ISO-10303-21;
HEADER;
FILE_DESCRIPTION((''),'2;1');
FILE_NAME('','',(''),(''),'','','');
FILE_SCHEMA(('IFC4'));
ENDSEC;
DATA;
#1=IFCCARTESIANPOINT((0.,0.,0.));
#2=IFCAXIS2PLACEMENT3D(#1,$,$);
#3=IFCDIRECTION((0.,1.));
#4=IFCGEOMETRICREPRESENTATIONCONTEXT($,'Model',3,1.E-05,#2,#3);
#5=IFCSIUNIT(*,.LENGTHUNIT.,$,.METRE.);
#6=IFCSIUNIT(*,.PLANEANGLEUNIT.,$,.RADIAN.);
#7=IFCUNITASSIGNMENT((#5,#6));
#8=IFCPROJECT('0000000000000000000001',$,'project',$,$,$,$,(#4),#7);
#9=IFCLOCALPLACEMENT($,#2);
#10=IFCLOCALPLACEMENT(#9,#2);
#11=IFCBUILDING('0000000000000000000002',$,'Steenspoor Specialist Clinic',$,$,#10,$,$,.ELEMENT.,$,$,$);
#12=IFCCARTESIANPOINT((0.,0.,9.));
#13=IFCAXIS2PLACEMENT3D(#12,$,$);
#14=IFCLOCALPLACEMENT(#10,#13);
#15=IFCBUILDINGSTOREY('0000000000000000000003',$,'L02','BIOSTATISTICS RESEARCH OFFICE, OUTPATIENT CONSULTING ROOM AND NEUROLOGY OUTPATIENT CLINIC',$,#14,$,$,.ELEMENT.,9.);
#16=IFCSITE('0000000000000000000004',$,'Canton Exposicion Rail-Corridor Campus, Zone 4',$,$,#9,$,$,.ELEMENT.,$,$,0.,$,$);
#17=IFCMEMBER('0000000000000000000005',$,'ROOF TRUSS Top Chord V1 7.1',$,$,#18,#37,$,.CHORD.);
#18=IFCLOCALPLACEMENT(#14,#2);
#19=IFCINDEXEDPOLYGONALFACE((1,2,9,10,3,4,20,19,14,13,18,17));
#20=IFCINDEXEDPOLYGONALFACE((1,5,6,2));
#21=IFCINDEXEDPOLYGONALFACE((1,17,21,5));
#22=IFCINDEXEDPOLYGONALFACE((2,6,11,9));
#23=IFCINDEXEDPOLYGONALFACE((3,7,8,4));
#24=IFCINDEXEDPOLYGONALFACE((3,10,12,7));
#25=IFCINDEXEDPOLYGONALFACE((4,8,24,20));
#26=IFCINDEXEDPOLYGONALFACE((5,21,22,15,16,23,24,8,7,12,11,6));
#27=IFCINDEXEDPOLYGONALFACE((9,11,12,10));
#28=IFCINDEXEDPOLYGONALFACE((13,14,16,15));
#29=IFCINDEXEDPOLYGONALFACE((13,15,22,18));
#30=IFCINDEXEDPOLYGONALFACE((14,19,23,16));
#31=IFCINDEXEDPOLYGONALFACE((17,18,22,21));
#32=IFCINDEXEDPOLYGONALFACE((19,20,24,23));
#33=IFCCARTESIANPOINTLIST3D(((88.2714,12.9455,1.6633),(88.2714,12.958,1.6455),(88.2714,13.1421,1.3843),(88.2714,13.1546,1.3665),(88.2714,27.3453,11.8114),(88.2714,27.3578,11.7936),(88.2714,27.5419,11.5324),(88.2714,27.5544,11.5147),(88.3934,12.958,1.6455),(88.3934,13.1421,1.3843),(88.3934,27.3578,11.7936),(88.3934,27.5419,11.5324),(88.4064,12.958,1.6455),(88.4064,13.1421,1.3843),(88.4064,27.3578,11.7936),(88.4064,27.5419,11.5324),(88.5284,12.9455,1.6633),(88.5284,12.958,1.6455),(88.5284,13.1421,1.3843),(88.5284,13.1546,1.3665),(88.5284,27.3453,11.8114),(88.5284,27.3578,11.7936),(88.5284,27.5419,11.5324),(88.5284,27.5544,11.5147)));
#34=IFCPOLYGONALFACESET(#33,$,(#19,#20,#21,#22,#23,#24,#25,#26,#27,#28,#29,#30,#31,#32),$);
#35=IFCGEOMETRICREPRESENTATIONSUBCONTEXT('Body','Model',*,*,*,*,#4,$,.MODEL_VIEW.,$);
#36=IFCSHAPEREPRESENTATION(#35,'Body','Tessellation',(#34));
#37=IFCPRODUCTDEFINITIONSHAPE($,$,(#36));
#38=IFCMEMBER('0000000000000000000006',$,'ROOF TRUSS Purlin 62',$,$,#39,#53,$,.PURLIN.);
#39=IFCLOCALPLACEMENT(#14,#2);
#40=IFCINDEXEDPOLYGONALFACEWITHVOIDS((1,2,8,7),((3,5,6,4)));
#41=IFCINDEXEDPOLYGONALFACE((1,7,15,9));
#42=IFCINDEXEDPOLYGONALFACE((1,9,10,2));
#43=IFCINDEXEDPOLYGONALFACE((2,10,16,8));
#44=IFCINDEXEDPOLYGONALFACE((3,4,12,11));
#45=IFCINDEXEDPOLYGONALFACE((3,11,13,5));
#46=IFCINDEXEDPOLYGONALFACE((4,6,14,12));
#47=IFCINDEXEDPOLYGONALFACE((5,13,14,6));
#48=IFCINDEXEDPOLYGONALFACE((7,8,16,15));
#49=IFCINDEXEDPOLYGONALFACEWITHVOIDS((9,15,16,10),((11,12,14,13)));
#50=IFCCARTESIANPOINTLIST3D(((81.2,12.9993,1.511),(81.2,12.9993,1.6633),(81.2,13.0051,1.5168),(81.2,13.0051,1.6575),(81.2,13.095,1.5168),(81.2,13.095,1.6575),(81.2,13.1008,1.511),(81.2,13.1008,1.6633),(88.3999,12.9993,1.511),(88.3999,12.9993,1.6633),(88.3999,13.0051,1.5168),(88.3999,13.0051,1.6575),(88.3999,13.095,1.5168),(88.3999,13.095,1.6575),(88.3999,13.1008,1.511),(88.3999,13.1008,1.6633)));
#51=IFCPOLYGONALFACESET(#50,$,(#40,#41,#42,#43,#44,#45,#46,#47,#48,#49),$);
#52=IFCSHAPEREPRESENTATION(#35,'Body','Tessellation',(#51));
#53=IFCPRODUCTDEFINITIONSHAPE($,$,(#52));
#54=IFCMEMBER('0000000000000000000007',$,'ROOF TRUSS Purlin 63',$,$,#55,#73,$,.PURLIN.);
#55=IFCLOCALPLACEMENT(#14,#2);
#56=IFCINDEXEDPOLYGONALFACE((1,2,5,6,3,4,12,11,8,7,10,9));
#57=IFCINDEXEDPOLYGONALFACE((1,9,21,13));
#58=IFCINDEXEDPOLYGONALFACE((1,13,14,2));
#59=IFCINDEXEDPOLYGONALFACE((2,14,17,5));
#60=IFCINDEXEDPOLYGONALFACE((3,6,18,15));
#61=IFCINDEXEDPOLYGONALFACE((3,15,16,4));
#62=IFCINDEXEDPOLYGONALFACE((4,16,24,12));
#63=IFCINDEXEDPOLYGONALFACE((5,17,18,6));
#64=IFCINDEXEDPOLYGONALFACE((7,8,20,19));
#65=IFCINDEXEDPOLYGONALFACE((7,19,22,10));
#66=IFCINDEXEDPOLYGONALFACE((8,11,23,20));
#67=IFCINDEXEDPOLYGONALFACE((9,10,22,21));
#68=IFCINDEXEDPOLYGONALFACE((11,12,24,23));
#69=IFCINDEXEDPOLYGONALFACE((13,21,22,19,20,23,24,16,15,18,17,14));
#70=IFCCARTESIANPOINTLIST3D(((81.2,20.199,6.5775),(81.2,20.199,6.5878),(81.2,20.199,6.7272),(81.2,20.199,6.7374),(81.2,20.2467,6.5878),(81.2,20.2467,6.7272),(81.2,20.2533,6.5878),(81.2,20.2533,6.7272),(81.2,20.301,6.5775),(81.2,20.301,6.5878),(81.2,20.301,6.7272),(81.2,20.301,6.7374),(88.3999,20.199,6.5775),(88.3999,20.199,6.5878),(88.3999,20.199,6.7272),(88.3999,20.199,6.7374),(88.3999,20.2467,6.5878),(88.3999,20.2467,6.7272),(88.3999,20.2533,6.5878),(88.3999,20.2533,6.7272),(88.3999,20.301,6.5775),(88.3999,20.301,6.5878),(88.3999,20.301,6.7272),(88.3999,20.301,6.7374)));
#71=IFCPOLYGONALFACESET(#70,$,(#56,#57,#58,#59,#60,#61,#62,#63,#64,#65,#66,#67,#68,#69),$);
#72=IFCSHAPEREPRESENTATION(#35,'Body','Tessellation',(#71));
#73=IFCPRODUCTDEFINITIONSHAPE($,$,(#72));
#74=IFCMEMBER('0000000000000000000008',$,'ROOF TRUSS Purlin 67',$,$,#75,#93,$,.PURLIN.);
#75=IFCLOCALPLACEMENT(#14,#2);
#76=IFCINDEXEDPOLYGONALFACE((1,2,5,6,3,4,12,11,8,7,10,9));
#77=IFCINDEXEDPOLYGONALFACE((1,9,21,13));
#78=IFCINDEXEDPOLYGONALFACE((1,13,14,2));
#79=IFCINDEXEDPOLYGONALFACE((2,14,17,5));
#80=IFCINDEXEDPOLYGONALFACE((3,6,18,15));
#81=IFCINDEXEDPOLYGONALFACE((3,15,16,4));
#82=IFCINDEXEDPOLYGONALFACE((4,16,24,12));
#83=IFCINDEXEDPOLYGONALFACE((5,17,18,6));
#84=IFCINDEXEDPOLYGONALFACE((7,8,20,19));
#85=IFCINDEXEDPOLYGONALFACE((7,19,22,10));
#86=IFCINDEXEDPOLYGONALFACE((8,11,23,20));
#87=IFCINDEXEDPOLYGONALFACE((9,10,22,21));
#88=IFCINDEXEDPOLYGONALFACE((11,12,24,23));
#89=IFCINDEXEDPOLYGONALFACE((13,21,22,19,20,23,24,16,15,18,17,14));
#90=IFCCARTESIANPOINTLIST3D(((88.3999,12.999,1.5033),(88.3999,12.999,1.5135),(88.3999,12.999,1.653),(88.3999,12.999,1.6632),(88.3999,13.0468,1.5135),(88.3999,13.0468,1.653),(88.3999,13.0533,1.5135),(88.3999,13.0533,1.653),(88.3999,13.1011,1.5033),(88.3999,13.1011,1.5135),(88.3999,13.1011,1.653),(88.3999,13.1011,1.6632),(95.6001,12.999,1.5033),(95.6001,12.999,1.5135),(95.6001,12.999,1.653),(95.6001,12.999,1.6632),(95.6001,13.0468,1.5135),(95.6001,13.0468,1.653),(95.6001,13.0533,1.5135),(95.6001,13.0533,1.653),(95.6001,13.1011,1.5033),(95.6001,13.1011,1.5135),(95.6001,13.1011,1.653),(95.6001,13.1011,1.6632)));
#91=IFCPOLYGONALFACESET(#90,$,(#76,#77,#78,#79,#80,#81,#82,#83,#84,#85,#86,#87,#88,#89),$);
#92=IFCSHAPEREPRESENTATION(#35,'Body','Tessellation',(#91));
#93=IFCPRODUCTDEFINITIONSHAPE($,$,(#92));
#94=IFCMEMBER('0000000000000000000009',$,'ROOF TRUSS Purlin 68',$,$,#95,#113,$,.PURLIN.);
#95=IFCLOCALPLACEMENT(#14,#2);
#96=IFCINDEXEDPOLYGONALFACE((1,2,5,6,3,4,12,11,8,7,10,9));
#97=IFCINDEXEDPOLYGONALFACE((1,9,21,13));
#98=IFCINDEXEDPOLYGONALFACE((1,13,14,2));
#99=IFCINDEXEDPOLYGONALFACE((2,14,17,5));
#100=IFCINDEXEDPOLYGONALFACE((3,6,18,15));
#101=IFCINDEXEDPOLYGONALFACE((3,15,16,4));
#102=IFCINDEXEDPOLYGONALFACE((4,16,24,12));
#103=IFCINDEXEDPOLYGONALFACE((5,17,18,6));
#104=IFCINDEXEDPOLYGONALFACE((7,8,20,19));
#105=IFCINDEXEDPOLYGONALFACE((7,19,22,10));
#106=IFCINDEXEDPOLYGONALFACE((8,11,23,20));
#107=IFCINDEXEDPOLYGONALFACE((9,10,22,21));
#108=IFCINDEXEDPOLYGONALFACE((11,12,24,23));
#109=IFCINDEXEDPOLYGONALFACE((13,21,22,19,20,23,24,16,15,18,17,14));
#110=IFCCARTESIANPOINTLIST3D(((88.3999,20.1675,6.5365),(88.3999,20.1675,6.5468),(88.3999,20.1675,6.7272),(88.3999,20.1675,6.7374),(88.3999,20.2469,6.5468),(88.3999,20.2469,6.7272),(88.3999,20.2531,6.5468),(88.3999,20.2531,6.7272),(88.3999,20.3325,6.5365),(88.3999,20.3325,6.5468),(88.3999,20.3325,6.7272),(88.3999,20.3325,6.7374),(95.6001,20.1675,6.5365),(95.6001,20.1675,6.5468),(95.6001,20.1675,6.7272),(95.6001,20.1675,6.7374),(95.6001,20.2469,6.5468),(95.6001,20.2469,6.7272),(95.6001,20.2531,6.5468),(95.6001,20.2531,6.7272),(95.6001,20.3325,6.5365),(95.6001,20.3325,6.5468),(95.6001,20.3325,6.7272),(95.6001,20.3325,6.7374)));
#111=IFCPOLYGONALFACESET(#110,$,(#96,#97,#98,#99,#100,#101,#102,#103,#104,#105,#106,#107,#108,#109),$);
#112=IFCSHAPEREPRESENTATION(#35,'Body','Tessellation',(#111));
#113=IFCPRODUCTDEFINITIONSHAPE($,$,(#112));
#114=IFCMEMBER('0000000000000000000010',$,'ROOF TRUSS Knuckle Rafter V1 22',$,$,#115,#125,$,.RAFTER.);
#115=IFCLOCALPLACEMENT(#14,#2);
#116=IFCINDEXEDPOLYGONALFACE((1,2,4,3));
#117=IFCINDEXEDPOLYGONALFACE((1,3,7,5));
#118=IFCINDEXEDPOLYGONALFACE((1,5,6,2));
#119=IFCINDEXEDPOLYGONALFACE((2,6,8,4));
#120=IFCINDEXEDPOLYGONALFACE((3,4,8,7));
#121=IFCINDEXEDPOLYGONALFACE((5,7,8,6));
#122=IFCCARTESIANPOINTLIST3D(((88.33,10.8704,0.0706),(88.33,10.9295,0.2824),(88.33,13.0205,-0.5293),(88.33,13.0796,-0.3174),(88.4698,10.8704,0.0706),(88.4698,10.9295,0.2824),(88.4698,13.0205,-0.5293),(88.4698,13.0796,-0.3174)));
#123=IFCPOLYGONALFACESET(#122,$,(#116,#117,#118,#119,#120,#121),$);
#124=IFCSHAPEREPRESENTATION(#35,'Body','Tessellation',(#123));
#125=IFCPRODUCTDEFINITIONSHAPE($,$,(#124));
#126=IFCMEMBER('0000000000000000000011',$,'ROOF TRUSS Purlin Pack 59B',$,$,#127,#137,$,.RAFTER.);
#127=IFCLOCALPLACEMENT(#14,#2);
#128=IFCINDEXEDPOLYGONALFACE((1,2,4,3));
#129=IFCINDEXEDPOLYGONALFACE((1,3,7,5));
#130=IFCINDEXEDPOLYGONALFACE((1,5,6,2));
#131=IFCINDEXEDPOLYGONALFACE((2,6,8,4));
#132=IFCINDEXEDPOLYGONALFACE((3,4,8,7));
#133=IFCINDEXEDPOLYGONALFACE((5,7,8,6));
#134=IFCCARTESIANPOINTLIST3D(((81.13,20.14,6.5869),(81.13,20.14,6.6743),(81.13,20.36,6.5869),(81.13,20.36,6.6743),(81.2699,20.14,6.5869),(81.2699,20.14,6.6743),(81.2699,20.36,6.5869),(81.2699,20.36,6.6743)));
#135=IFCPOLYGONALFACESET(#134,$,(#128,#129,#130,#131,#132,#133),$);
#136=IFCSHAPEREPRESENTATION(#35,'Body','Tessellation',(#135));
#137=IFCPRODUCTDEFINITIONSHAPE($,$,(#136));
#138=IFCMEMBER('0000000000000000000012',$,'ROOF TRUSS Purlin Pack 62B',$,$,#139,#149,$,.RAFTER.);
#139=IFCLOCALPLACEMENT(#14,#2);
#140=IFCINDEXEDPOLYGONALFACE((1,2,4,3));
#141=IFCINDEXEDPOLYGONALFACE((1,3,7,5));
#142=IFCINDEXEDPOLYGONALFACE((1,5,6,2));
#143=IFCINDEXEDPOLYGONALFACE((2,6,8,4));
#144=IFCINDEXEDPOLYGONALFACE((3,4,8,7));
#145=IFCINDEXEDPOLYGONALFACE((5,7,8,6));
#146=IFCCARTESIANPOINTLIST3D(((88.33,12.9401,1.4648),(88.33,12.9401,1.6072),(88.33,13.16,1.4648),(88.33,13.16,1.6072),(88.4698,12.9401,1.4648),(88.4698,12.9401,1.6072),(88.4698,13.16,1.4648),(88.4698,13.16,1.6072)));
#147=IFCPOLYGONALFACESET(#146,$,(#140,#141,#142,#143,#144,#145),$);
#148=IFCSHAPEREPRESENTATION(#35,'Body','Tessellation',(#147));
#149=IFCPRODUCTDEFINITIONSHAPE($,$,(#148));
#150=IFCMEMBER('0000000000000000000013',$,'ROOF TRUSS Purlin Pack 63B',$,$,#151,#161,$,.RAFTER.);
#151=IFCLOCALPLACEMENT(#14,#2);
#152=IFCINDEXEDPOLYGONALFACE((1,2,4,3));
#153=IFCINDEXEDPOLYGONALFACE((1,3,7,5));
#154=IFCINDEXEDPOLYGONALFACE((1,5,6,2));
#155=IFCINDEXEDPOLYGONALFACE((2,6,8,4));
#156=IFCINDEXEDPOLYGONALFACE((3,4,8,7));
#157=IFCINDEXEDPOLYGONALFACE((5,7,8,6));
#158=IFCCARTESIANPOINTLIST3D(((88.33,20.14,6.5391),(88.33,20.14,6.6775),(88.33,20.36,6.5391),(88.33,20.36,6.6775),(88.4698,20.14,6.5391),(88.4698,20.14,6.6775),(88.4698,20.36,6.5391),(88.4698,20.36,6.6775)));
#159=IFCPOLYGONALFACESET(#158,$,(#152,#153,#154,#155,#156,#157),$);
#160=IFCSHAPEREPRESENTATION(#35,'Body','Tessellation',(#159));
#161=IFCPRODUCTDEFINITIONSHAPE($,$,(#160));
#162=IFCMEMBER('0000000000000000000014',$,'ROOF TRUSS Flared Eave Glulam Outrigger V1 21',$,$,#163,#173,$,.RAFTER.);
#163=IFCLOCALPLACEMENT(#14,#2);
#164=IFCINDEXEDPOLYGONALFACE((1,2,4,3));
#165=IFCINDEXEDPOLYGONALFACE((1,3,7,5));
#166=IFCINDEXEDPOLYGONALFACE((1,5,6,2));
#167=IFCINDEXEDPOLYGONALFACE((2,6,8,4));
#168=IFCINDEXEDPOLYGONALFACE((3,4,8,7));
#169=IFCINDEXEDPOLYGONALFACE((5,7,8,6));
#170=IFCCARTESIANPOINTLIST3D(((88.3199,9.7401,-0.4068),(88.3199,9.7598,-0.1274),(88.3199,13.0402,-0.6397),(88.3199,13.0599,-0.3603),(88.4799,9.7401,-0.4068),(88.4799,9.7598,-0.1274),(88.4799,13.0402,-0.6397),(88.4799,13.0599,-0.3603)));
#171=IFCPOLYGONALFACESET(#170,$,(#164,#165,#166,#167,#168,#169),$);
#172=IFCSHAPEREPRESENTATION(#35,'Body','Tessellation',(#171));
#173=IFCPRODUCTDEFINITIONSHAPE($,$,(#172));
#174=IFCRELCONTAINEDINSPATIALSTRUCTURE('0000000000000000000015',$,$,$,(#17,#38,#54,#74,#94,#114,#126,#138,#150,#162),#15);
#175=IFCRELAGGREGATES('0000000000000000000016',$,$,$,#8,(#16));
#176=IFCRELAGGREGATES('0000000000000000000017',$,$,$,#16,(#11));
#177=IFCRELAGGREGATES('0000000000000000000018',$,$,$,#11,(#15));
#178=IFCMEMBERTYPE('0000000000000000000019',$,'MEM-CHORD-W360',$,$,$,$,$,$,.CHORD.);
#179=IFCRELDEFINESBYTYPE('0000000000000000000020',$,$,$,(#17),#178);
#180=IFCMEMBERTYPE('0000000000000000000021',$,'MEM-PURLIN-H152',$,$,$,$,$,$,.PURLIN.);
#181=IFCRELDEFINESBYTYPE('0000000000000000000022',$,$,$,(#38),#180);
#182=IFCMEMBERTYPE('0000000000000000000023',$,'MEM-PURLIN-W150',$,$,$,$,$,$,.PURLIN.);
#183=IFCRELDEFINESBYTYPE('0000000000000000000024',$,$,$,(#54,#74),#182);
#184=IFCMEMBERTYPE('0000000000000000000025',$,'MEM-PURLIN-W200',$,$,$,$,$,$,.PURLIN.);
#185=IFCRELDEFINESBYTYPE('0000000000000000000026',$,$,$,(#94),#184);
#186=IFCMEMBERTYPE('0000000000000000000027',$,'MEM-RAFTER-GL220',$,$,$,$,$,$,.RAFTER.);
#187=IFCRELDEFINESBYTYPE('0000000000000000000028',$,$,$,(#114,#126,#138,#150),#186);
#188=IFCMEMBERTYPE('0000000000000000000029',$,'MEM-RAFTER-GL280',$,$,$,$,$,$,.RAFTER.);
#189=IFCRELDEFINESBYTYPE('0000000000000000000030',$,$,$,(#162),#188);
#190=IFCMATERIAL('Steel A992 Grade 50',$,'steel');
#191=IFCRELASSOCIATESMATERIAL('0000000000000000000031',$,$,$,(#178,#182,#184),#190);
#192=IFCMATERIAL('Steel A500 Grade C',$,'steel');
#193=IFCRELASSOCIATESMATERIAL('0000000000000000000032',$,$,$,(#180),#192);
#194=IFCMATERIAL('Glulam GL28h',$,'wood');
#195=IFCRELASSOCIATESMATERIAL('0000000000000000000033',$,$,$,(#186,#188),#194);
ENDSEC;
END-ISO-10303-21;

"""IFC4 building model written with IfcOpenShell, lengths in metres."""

from ifc_helpers import new_model, si_unit, direction, frame, origin, origin_2d, place, context, subcontext, project, spatial, rectangle, hollow_rectangle, i_section, extrude, material, material_profile, profile_set, type_object, element, save


model = new_model("IFC4")

# Units and contexts
model_context = context("Model", 3, precision=1e-05, world=origin(), true_north=direction((0.0, 1.0)))
body_context = subcontext(model_context, "Body", "Model", "MODEL_VIEW")
ifc_project = project(units=[si_unit("LENGTHUNIT", "METRE"), si_unit("PLANEANGLEUNIT", "RADIAN")], contexts=[model_context])

# Site, building, storey
site_placement = place(None, origin())
site = spatial("IfcSite", under=ifc_project, at=site_placement, Name="Canton Exposicion Rail-Corridor Campus, Zone 4", CompositionType="ELEMENT", RefElevation=0.0)
building_placement = place(site_placement, origin())
building = spatial("IfcBuilding", under=site, at=building_placement, Name="Steenspoor Specialist Clinic", CompositionType="ELEMENT")
storey_placement = place(building_placement, frame((0.0, 0.0, 9.0)))
storey = spatial("IfcBuildingStorey", under=building, at=storey_placement, Name="L02", Description="BIOSTATISTICS RESEARCH OFFICE, OUTPATIENT CONSULTING ROOM AND NEUROLOGY OUTPATIENT CLINIC", CompositionType="ELEMENT", Elevation=9.0)

# Members
ifc_material_1 = material(Name="Steel A500 Grade C", Category="steel")
ifc_material_2 = material(Name="Steel A992 Grade 50", Category="steel")
ifc_material_profile_1 = material_profile(ifc_material_2, i_section(OverallWidth=0.2571, OverallDepth=0.363, WebThickness=0.0129, FlangeThickness=0.0217, at=origin_2d()), Name="W360X122")
ifc_profile_set_1 = profile_set([ifc_material_profile_1], Name="Steel A992 Grade 50")
member_type_1 = type_object("IfcMemberType", Name="MEM-CHORD-W360", PredefinedType="CHORD", material=ifc_profile_set_1)
member_1_placement = place(storey_placement, frame((88.3999, 13.05, 1.5149), z_axis=(0.0, 0.817407, 0.57606), x_axis=(-1.0, 0.0, 0.0)))
element("IfcMember", 1, at=member_1_placement, inside=storey, type_object=member_type_1, Name="ROOF TRUSS Top Chord V1 7.1", PredefinedType="CHORD", context=body_context, shape_type="SweptSolid", body=[
    extrude(i_section(OverallWidth=0.2571, OverallDepth=0.363, WebThickness=0.0129, FlangeThickness=0.0217, at=origin_2d()), origin(), (0.0, 0.0, 1.0), 17.6165),
])
ifc_material_profile_2 = material_profile(ifc_material_1, hollow_rectangle(XDim=0.1016, YDim=0.1523, WallThickness=0.0059, at=origin_2d()), Name="HSS152X102X6.4")
ifc_profile_set_2 = profile_set([ifc_material_profile_2], Name="Steel A500 Grade C")
member_type_2 = type_object("IfcMemberType", Name="MEM-PURLIN-H152", PredefinedType="PURLIN", material=ifc_profile_set_2)
member_2_placement = place(storey_placement, frame((81.2, 13.05, 1.5872), z_axis=(1.0, 0.0, 0.0), x_axis=(0.0, 1.0, 0.0)))
element("IfcMember", 2, at=member_2_placement, inside=storey, type_object=member_type_2, Name="ROOF TRUSS Purlin 62", PredefinedType="PURLIN", context=body_context, shape_type="SweptSolid", body=[
    extrude(hollow_rectangle(XDim=0.1016, YDim=0.1523, WallThickness=0.0059, at=origin_2d()), origin(), (0.0, 0.0, 1.0), 7.2),
])
ifc_material_profile_3 = material_profile(ifc_material_2, i_section(OverallWidth=0.1021, OverallDepth=0.1599, WebThickness=0.0066, FlangeThickness=0.0103, at=origin_2d()), Name="W150X24")
ifc_profile_set_3 = profile_set([ifc_material_profile_3], Name="Steel A992 Grade 50")
member_type_3 = type_object("IfcMemberType", Name="MEM-PURLIN-W150", PredefinedType="PURLIN", material=ifc_profile_set_3)
member_3_placement = place(storey_placement, frame((81.2, 20.25, 6.6575), z_axis=(1.0, 0.0, 0.0), x_axis=(0.0, 1.0, 0.0)))
element("IfcMember", 3, at=member_3_placement, inside=storey, type_object=member_type_3, Name="ROOF TRUSS Purlin 63", PredefinedType="PURLIN", context=body_context, shape_type="SweptSolid", body=[
    extrude(i_section(OverallWidth=0.1021, OverallDepth=0.1599, WebThickness=0.0066, FlangeThickness=0.0103, at=origin_2d()), origin(), (0.0, 0.0, 1.0), 7.2),
])
member_4_placement = place(storey_placement, frame((88.3999, 13.05, 1.5833), z_axis=(1.0, 0.0, 0.0), x_axis=(0.0, 1.0, 0.0)))
element("IfcMember", 4, at=member_4_placement, inside=storey, type_object=member_type_3, Name="ROOF TRUSS Purlin 67", PredefinedType="PURLIN", context=body_context, shape_type="SweptSolid", body=[
    extrude(i_section(OverallWidth=0.1021, OverallDepth=0.1599, WebThickness=0.0066, FlangeThickness=0.0103, at=origin_2d()), origin(), (0.0, 0.0, 1.0), 7.2002),
])
ifc_material_profile_4 = material_profile(ifc_material_2, i_section(OverallWidth=0.165, OverallDepth=0.2009, WebThickness=0.0061, FlangeThickness=0.0103, at=origin_2d()), Name="W200X36")
ifc_profile_set_4 = profile_set([ifc_material_profile_4], Name="Steel A992 Grade 50")
member_type_4 = type_object("IfcMemberType", Name="MEM-PURLIN-W200", PredefinedType="PURLIN", material=ifc_profile_set_4)
member_5_placement = place(storey_placement, frame((88.3999, 20.25, 6.637), z_axis=(1.0, 0.0, 0.0), x_axis=(0.0, 1.0, 0.0)))
element("IfcMember", 5, at=member_5_placement, inside=storey, type_object=member_type_4, Name="ROOF TRUSS Purlin 68", PredefinedType="PURLIN", context=body_context, shape_type="SweptSolid", body=[
    extrude(i_section(OverallWidth=0.165, OverallDepth=0.2009, WebThickness=0.0061, FlangeThickness=0.0103, at=origin_2d()), origin(), (0.0, 0.0, 1.0), 7.2002),
])
ifc_material_3 = material(Name="Glulam GL28h", Category="wood")
ifc_material_profile_5 = material_profile(ifc_material_3, rectangle(XDim=0.1399, YDim=0.22, at=origin_2d()), Name="GL28H-140X220")
ifc_profile_set_5 = profile_set([ifc_material_profile_5], Name="Glulam GL28h")
member_type_5 = type_object("IfcMemberType", Name="MEM-RAFTER-GL220", PredefinedType="RAFTER", material=ifc_profile_set_5)
member_6_placement = place(storey_placement, frame((88.3999, 13.05, -0.4233), z_axis=(0.0, -0.963218, 0.268721), x_axis=(1.0, 0.0, 0.0)))
element("IfcMember", 6, at=member_6_placement, inside=storey, type_object=member_type_5, Name="ROOF TRUSS Knuckle Rafter V1 22", PredefinedType="RAFTER", context=body_context, shape_type="SweptSolid", body=[
    extrude(rectangle(XDim=0.1399, YDim=0.22, at=origin_2d()), origin(), (0.0, 0.0, 1.0), 2.2322),
])
member_7_placement = place(storey_placement, frame((81.2, 20.25, 6.5869), z_axis=(0.0, 0.0, 1.0), x_axis=(1.0, 0.0, 0.0)))
element("IfcMember", 7, at=member_7_placement, inside=storey, type_object=member_type_5, Name="ROOF TRUSS Purlin Pack 59B", PredefinedType="RAFTER", context=body_context, shape_type="SweptSolid", body=[
    extrude(rectangle(XDim=0.1399, YDim=0.22, at=origin_2d()), origin(), (0.0, 0.0, 1.0), 0.0874),
])
member_8_placement = place(storey_placement, frame((88.3999, 13.05, 1.4648), z_axis=(0.0, 0.0, 1.0), x_axis=(1.0, 0.0, 0.0)))
element("IfcMember", 8, at=member_8_placement, inside=storey, type_object=member_type_5, Name="ROOF TRUSS Purlin Pack 62B", PredefinedType="RAFTER", context=body_context, shape_type="SweptSolid", body=[
    extrude(rectangle(XDim=0.1399, YDim=0.22, at=origin_2d()), origin(), (0.0, 0.0, 1.0), 0.1423),
])
member_9_placement = place(storey_placement, frame((88.3999, 20.25, 6.5391), z_axis=(0.0, 0.0, 1.0), x_axis=(1.0, 0.0, 0.0)))
element("IfcMember", 9, at=member_9_placement, inside=storey, type_object=member_type_5, Name="ROOF TRUSS Purlin Pack 63B", PredefinedType="RAFTER", context=body_context, shape_type="SweptSolid", body=[
    extrude(rectangle(XDim=0.1399, YDim=0.22, at=origin_2d()), origin(), (0.0, 0.0, 1.0), 0.1384),
])
ifc_material_profile_6 = material_profile(ifc_material_3, rectangle(XDim=0.1599, YDim=0.28, at=origin_2d()), Name="GL28H-160X280")
ifc_profile_set_6 = profile_set([ifc_material_profile_6], Name="Glulam GL28h")
member_type_6 = type_object("IfcMemberType", Name="MEM-RAFTER-GL280", PredefinedType="RAFTER", material=ifc_profile_set_6)
member_10_placement = place(storey_placement, frame((88.3999, 13.05, -0.5), z_axis=(0.0, -0.997519, 0.070403), x_axis=(1.0, 0.0, 0.0)))
element("IfcMember", 10, at=member_10_placement, inside=storey, type_object=member_type_6, Name="ROOF TRUSS Flared Eave Glulam Outrigger V1 21", PredefinedType="RAFTER", context=body_context, shape_type="SweptSolid", body=[
    extrude(rectangle(XDim=0.1599, YDim=0.28, at=origin_2d()), origin(), (0.0, 0.0, 1.0), 3.3083),
])

save(model, "model.ifc")
